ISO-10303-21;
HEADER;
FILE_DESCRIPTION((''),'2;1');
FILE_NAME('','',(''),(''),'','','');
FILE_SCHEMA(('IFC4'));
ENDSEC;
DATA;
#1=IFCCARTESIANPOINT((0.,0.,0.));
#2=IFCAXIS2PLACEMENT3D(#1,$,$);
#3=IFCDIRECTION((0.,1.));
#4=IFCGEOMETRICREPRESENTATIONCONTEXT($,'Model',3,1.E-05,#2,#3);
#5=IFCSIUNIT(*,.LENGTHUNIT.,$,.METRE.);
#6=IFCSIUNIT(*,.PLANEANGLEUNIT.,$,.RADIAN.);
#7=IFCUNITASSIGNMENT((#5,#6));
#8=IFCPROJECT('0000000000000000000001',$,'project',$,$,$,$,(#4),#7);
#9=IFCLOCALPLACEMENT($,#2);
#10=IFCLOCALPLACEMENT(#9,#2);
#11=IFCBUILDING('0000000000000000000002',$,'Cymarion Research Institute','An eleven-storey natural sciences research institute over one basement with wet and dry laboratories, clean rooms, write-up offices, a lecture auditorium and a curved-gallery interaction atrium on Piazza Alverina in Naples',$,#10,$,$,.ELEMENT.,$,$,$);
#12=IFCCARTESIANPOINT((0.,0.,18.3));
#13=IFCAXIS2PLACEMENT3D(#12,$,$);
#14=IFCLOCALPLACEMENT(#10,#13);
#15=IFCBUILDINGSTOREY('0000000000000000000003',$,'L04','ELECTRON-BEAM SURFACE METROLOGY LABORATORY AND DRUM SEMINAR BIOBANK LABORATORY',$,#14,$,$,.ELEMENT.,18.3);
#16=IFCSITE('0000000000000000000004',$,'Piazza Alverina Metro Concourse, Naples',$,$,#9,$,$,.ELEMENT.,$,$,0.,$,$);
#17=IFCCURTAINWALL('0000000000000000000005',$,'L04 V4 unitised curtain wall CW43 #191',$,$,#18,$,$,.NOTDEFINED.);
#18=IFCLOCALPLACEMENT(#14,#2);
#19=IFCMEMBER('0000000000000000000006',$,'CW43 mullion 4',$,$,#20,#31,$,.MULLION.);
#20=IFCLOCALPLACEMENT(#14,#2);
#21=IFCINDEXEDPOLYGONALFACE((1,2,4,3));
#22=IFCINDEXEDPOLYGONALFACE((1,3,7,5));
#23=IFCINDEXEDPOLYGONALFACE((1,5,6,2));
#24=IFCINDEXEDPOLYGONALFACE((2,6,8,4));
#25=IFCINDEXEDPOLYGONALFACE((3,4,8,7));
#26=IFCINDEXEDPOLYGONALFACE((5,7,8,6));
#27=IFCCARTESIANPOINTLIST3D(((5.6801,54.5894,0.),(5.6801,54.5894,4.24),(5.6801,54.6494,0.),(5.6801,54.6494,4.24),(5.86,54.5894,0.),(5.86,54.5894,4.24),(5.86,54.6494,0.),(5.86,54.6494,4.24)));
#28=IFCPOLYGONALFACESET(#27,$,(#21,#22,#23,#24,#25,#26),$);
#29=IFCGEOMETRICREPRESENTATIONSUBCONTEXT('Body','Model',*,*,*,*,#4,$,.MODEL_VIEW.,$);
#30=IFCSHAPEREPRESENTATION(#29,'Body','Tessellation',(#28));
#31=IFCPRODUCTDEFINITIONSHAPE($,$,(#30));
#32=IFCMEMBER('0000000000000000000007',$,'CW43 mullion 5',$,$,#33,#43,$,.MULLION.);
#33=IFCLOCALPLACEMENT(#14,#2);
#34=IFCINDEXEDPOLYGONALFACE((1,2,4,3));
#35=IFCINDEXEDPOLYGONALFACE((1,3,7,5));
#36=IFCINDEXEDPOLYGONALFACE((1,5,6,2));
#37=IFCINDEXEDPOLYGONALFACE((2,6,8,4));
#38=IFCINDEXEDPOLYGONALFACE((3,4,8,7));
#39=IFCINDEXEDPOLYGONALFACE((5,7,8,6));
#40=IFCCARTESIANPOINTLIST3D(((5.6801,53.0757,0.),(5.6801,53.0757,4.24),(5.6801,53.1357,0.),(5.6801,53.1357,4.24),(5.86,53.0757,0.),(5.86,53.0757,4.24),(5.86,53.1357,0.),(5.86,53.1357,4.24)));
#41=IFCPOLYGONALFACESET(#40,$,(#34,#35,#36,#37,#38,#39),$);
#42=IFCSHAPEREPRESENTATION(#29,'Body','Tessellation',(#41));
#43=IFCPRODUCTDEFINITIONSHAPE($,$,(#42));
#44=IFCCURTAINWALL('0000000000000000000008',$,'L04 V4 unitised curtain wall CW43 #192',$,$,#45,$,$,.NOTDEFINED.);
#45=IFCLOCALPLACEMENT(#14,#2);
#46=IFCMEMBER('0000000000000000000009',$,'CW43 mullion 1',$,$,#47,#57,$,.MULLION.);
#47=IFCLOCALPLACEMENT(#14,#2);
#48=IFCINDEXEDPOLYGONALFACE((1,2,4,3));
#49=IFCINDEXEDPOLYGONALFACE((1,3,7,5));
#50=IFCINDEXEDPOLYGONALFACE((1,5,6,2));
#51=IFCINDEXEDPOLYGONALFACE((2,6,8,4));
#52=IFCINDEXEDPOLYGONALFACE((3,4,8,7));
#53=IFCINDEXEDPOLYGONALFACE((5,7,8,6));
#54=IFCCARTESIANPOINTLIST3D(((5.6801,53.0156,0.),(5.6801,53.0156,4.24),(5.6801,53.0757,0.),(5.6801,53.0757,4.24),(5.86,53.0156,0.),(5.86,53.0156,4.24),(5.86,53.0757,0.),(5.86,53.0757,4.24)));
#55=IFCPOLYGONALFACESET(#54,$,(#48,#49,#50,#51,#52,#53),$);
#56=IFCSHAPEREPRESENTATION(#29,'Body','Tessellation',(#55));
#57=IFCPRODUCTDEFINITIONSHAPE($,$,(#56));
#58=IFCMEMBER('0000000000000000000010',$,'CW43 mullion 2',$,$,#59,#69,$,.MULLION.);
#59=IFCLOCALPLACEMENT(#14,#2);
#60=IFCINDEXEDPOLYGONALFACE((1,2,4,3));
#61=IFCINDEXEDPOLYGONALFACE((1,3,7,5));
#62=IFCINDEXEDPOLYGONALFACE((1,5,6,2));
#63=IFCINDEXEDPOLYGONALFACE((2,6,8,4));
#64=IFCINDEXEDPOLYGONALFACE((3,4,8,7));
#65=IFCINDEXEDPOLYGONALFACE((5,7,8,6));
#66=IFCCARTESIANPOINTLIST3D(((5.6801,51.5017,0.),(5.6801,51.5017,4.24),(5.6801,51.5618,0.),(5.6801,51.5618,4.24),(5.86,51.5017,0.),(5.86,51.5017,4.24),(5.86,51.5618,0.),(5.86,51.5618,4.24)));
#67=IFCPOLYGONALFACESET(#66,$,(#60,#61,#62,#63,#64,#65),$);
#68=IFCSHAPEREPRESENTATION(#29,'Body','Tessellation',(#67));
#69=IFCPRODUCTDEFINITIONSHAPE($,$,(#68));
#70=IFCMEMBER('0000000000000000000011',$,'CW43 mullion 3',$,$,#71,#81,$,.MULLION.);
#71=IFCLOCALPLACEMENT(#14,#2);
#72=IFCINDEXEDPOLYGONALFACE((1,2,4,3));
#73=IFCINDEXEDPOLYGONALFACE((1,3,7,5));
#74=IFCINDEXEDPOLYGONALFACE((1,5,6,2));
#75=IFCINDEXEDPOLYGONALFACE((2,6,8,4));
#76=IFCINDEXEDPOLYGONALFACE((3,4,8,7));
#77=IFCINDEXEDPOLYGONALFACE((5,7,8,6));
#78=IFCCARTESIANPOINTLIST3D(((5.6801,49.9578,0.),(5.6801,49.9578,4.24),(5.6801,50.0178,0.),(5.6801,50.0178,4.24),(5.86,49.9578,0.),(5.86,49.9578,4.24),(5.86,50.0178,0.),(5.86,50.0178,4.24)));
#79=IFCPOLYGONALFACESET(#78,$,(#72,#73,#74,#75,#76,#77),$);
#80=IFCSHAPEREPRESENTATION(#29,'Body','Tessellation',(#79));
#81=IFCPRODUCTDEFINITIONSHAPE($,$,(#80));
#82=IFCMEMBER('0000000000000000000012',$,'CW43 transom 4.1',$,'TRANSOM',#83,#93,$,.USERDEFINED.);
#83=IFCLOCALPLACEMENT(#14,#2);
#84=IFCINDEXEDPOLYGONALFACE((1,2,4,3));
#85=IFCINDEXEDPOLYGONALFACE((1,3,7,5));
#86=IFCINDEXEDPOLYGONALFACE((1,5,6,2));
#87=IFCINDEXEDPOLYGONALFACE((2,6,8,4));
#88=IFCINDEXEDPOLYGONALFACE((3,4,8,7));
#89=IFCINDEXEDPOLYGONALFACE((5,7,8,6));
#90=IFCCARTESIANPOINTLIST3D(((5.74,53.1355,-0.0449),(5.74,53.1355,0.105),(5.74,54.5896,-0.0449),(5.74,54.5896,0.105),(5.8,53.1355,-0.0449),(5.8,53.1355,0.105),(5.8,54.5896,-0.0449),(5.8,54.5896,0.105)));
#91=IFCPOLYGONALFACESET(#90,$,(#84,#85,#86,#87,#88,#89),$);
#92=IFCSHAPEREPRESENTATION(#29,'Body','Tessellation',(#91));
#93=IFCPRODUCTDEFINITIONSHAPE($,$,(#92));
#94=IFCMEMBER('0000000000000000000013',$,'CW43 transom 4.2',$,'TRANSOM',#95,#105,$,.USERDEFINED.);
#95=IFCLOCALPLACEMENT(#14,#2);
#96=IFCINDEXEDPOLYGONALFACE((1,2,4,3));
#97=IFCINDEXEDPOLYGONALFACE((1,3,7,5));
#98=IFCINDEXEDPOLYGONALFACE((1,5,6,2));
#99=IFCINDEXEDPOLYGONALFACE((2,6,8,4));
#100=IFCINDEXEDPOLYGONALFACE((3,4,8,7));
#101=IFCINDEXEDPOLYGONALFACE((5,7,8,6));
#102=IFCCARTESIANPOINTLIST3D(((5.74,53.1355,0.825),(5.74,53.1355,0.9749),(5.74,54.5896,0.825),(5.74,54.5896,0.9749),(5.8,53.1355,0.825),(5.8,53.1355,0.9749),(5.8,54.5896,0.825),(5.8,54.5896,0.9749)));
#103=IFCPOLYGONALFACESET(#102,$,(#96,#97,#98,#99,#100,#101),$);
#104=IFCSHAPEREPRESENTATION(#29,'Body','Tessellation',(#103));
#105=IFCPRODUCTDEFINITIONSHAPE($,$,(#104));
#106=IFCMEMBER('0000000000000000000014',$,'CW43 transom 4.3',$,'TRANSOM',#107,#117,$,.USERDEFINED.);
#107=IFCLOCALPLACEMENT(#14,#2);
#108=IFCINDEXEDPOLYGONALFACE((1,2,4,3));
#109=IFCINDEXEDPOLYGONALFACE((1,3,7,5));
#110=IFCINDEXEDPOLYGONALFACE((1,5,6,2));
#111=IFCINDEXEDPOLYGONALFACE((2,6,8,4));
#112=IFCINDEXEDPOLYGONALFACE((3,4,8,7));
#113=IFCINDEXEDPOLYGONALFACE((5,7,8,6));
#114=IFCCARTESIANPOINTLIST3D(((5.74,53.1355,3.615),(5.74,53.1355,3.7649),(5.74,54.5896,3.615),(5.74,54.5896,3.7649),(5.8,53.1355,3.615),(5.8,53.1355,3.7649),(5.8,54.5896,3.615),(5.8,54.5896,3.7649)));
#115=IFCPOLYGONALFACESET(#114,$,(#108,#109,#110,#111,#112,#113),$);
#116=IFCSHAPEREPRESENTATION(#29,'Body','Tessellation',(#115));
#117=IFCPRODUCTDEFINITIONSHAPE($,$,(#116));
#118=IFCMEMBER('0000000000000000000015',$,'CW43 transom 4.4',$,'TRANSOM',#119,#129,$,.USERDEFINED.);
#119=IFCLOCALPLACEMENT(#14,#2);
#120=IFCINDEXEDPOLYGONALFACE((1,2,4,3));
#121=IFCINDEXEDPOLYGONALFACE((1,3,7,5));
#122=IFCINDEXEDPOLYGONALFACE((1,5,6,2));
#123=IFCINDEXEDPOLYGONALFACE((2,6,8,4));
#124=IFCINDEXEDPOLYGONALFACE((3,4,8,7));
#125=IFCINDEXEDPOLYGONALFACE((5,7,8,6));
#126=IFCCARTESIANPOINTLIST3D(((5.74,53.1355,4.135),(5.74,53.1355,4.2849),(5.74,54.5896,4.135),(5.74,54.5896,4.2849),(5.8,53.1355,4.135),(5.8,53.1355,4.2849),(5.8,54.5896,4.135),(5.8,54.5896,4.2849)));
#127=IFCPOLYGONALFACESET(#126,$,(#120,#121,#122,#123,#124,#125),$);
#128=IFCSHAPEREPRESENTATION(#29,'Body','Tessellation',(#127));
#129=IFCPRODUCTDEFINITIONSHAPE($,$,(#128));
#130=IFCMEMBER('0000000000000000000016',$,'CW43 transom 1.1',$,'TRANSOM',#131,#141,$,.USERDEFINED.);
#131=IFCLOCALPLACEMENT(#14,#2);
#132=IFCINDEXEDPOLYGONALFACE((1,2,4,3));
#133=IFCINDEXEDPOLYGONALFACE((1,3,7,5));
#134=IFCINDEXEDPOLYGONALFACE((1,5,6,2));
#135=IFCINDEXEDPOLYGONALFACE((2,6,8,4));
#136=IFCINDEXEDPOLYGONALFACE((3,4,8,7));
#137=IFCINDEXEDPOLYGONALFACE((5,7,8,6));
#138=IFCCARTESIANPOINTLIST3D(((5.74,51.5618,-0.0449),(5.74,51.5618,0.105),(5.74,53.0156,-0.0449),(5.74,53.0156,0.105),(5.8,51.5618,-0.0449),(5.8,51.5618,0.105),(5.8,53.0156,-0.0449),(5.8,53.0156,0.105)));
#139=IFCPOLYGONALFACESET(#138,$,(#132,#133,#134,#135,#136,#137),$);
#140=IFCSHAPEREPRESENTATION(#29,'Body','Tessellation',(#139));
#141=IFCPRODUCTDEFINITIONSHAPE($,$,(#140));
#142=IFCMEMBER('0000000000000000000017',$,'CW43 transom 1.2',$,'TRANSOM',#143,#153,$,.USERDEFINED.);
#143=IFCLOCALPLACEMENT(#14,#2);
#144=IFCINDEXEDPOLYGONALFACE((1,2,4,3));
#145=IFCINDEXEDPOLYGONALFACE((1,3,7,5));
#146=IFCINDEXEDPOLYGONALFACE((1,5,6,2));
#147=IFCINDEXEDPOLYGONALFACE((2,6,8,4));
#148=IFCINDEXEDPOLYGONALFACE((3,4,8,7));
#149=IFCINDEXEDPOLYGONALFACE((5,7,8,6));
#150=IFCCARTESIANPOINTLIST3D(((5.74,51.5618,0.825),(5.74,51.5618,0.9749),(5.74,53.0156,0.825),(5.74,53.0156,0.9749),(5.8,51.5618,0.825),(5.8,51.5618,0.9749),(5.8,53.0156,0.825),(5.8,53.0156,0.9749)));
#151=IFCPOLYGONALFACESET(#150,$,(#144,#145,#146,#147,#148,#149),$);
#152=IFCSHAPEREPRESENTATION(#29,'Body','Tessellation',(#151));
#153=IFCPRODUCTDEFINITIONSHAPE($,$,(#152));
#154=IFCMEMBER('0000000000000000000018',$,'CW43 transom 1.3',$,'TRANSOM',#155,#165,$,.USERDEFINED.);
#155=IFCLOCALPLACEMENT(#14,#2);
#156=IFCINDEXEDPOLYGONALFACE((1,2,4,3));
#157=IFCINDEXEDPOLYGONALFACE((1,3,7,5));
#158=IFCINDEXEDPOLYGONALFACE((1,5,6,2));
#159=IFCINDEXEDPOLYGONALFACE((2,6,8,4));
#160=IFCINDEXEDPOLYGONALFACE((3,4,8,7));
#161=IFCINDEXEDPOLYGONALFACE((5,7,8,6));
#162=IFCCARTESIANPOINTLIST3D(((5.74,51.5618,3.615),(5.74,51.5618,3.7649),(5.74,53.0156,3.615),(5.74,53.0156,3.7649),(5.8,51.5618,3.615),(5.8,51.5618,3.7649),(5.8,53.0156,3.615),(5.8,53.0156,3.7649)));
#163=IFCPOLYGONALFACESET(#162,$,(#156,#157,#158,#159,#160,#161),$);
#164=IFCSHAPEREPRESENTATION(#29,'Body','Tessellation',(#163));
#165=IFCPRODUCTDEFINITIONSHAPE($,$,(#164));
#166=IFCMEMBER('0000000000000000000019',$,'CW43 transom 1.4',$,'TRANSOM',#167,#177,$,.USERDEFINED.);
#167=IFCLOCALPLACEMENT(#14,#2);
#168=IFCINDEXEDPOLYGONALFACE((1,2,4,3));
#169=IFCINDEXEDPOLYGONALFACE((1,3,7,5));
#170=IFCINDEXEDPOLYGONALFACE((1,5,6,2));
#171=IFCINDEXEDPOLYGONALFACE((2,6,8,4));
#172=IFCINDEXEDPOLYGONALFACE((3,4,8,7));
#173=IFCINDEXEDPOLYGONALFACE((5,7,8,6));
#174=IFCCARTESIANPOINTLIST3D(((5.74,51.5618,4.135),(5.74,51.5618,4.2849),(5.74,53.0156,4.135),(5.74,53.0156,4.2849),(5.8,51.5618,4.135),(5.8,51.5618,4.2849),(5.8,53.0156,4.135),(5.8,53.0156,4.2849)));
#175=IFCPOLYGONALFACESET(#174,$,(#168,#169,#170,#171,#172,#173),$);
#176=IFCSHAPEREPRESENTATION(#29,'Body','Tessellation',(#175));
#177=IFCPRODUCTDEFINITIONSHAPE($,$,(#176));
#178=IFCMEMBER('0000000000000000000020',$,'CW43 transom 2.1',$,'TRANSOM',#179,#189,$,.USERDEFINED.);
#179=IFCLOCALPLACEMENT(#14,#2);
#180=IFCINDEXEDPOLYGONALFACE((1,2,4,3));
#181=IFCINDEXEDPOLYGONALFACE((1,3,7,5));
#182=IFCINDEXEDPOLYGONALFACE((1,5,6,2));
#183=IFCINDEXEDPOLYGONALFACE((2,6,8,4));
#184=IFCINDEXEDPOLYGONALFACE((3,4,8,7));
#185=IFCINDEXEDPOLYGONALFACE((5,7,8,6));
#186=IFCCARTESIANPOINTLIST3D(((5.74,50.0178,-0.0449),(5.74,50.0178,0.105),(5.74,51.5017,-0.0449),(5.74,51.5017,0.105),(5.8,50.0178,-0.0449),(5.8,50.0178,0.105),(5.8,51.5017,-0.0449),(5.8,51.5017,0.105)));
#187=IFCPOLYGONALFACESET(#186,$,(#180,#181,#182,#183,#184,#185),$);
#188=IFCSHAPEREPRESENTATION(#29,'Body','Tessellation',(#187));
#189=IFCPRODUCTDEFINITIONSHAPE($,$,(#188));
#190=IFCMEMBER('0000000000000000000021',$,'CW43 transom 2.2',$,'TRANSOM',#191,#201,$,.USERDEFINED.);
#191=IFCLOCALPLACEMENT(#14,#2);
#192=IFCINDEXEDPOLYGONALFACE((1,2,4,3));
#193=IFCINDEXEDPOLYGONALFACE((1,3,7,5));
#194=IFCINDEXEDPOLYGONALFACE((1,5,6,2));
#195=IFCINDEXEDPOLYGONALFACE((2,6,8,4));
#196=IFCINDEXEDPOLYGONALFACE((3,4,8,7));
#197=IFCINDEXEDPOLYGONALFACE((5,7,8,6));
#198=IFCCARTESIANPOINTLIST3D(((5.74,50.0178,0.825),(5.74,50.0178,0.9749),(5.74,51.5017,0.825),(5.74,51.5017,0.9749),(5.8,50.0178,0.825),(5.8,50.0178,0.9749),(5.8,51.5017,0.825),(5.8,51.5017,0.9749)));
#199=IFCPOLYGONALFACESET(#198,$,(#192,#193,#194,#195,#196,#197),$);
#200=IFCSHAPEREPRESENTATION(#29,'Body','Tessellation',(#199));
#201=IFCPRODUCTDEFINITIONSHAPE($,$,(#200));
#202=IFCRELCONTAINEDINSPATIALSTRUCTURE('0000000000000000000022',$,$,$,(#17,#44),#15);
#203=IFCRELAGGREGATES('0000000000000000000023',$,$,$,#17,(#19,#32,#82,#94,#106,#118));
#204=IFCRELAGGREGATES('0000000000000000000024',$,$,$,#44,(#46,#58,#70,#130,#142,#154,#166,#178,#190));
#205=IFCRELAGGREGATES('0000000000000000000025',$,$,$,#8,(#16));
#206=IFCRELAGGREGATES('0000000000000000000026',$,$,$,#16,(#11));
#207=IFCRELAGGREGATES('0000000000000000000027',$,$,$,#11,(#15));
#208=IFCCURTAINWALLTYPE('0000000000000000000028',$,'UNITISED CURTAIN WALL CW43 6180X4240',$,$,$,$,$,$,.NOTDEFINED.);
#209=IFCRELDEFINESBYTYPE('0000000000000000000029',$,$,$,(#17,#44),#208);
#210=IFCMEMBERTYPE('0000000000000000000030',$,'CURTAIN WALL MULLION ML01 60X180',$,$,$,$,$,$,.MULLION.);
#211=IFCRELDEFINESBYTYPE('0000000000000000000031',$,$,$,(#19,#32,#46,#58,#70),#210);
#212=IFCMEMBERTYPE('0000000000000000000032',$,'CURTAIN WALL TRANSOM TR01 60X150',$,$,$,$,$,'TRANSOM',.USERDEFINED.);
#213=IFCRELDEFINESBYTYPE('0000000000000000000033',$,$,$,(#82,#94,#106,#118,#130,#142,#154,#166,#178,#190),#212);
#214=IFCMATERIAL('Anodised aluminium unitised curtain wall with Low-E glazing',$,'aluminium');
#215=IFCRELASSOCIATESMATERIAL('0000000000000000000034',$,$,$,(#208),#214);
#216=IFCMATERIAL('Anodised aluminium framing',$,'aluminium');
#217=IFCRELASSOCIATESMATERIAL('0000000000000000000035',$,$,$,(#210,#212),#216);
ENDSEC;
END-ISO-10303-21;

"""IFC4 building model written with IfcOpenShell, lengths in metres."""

from ifc_helpers import new_model, si_unit, direction, frame, origin, origin_2d, place, context, subcontext, project, spatial, rectangle, extrude, material, material_profile, profile_set, type_object, element, aggregate, save


model = new_model("IFC4")

# Units and contexts
model_context = context("Model", 3, precision=1e-05, world=origin(), true_north=direction((0.0, 1.0)))
body_context = subcontext(model_context, "Body", "Model", "MODEL_VIEW")
ifc_project = project(units=[si_unit("LENGTHUNIT", "METRE"), si_unit("PLANEANGLEUNIT", "RADIAN")], contexts=[model_context])

# Site, building, storey
site_placement = place(None, origin())
site = spatial("IfcSite", under=ifc_project, at=site_placement, Name="Piazza Alverina Metro Concourse, Naples", CompositionType="ELEMENT", RefElevation=0.0)
building_placement = place(site_placement, origin())
building = spatial("IfcBuilding", under=site, at=building_placement, Name="Cymarion Research Institute", Description="An eleven-storey natural sciences research institute over one basement with wet and dry laboratories, clean rooms, write-up offices, a lecture auditorium and a curved-gallery interaction atrium on Piazza Alverina in Naples", CompositionType="ELEMENT")
storey_placement = place(building_placement, frame((0.0, 0.0, 18.3)))
storey = spatial("IfcBuildingStorey", under=building, at=storey_placement, Name="L04", Description="ELECTRON-BEAM SURFACE METROLOGY LABORATORY AND DRUM SEMINAR BIOBANK LABORATORY", CompositionType="ELEMENT", Elevation=18.3)

# Curtain walls, members
ifc_material_1 = material(Name="Anodised aluminium unitised curtain wall with Low-E glazing", Category="aluminium")
curtain_wall_type = type_object("IfcCurtainWallType", Name="UNITISED CURTAIN WALL CW43 6180X4240", PredefinedType="NOTDEFINED", material=ifc_material_1)
curtain_wall_1_placement = place(storey_placement, origin())
curtain_wall_1 = element("IfcCurtainWall", 1, at=curtain_wall_1_placement, inside=storey, type_object=curtain_wall_type, Name="L04 V4 unitised curtain wall CW43 #191", PredefinedType="NOTDEFINED")
ifc_material_2 = material(Name="Anodised aluminium framing", Category="aluminium")
ifc_material_profile_1 = material_profile(ifc_material_2, rectangle(XDim=0.0601, YDim=0.1799, at=origin_2d()), Name="ALU MULLION 60x180")
ifc_profile_set_1 = profile_set([ifc_material_profile_1], Name="Anodised aluminium framing")
member_type_1 = type_object("IfcMemberType", Name="CURTAIN WALL MULLION ML01 60X180", PredefinedType="MULLION", material=ifc_profile_set_1)
member_1_placement = place(storey_placement, frame((5.77, 54.6194, 0.0), z_axis=(0.0, 0.0, 1.0), x_axis=(0.0, -1.0, 0.0)))
member_1 = element("IfcMember", 2, at=member_1_placement, type_object=member_type_1, Name="CW43 mullion 4", PredefinedType="MULLION", context=body_context, shape_type="SweptSolid", body=[
    extrude(rectangle(XDim=0.0601, YDim=0.1799, at=origin_2d()), origin(), (0.0, 0.0, 1.0), 4.24),
])
member_2_placement = place(storey_placement, frame((5.77, 53.1057, 0.0), z_axis=(0.0, 0.0, 1.0), x_axis=(0.0, -1.0, 0.0)))
member_2 = element("IfcMember", 3, at=member_2_placement, type_object=member_type_1, Name="CW43 mullion 5", PredefinedType="MULLION", context=body_context, shape_type="SweptSolid", body=[
    extrude(rectangle(XDim=0.0601, YDim=0.1799, at=origin_2d()), origin(), (0.0, 0.0, 1.0), 4.24),
])
curtain_wall_2_placement = place(storey_placement, origin())
curtain_wall_2 = element("IfcCurtainWall", 4, at=curtain_wall_2_placement, inside=storey, type_object=curtain_wall_type, Name="L04 V4 unitised curtain wall CW43 #192", PredefinedType="NOTDEFINED")
member_3_placement = place(storey_placement, frame((5.77, 53.0457, 0.0), z_axis=(0.0, 0.0, 1.0), x_axis=(0.0, -1.0, 0.0)))
member_3 = element("IfcMember", 5, at=member_3_placement, type_object=member_type_1, Name="CW43 mullion 1", PredefinedType="MULLION", context=body_context, shape_type="SweptSolid", body=[
    extrude(rectangle(XDim=0.0601, YDim=0.1799, at=origin_2d()), origin(), (0.0, 0.0, 1.0), 4.24),
])
member_4_placement = place(storey_placement, frame((5.77, 51.5317, 0.0), z_axis=(0.0, 0.0, 1.0), x_axis=(0.0, -1.0, 0.0)))
member_4 = element("IfcMember", 6, at=member_4_placement, type_object=member_type_1, Name="CW43 mullion 2", PredefinedType="MULLION", context=body_context, shape_type="SweptSolid", body=[
    extrude(rectangle(XDim=0.0601, YDim=0.1799, at=origin_2d()), origin(), (0.0, 0.0, 1.0), 4.24),
])
member_5_placement = place(storey_placement, frame((5.77, 49.9878, 0.0), z_axis=(0.0, 0.0, 1.0), x_axis=(0.0, -1.0, 0.0)))
member_5 = element("IfcMember", 7, at=member_5_placement, type_object=member_type_1, Name="CW43 mullion 3", PredefinedType="MULLION", context=body_context, shape_type="SweptSolid", body=[
    extrude(rectangle(XDim=0.0601, YDim=0.1799, at=origin_2d()), origin(), (0.0, 0.0, 1.0), 4.24),
])

# Members
ifc_material_profile_2 = material_profile(ifc_material_2, rectangle(XDim=0.0601, YDim=0.1499, at=origin_2d()), Name="ALU TRANSOM 60x150")
ifc_profile_set_2 = profile_set([ifc_material_profile_2], Name="Anodised aluminium framing")
member_type_2 = type_object("IfcMemberType", Name="CURTAIN WALL TRANSOM TR01 60X150", ElementType="TRANSOM", PredefinedType="USERDEFINED", material=ifc_profile_set_2)
member_6_placement = place(storey_placement, frame((5.77, 54.5896, 0.03), z_axis=(0.0, -1.0, 0.0), x_axis=(1.0, 0.0, 0.0)))
member_6 = element("IfcMember", 8, at=member_6_placement, type_object=member_type_2, Name="CW43 transom 4.1", ObjectType="TRANSOM", PredefinedType="USERDEFINED", context=body_context, shape_type="SweptSolid", body=[
    extrude(rectangle(XDim=0.0601, YDim=0.1499, at=origin_2d()), origin(), (0.0, 0.0, 1.0), 1.4541),
])
member_7_placement = place(storey_placement, frame((5.77, 54.5896, 0.8999), z_axis=(0.0, -1.0, 0.0), x_axis=(1.0, 0.0, 0.0)))
member_7 = element("IfcMember", 9, at=member_7_placement, type_object=member_type_2, Name="CW43 transom 4.2", ObjectType="TRANSOM", PredefinedType="USERDEFINED", context=body_context, shape_type="SweptSolid", body=[
    extrude(rectangle(XDim=0.0601, YDim=0.1499, at=origin_2d()), origin(), (0.0, 0.0, 1.0), 1.4541),
])
member_8_placement = place(storey_placement, frame((5.77, 54.5896, 3.6899), z_axis=(0.0, -1.0, 0.0), x_axis=(1.0, 0.0, 0.0)))
member_8 = element("IfcMember", 10, at=member_8_placement, type_object=member_type_2, Name="CW43 transom 4.3", ObjectType="TRANSOM", PredefinedType="USERDEFINED", context=body_context, shape_type="SweptSolid", body=[
    extrude(rectangle(XDim=0.0601, YDim=0.1499, at=origin_2d()), origin(), (0.0, 0.0, 1.0), 1.4541),
])
member_9_placement = place(storey_placement, frame((5.77, 54.5896, 4.21), z_axis=(0.0, -1.0, 0.0), x_axis=(1.0, 0.0, 0.0)))
member_9 = element("IfcMember", 11, at=member_9_placement, type_object=member_type_2, Name="CW43 transom 4.4", ObjectType="TRANSOM", PredefinedType="USERDEFINED", context=body_context, shape_type="SweptSolid", body=[
    extrude(rectangle(XDim=0.0601, YDim=0.1499, at=origin_2d()), origin(), (0.0, 0.0, 1.0), 1.4541),
])
member_10_placement = place(storey_placement, frame((5.77, 53.0156, 0.03), z_axis=(0.0, -1.0, 0.0), x_axis=(1.0, 0.0, 0.0)))
member_10 = element("IfcMember", 12, at=member_10_placement, type_object=member_type_2, Name="CW43 transom 1.1", ObjectType="TRANSOM", PredefinedType="USERDEFINED", context=body_context, shape_type="SweptSolid", body=[
    extrude(rectangle(XDim=0.0601, YDim=0.1499, at=origin_2d()), origin(), (0.0, 0.0, 1.0), 1.4539),
])
member_11_placement = place(storey_placement, frame((5.77, 53.0156, 0.8999), z_axis=(0.0, -1.0, 0.0), x_axis=(1.0, 0.0, 0.0)))
member_11 = element("IfcMember", 13, at=member_11_placement, type_object=member_type_2, Name="CW43 transom 1.2", ObjectType="TRANSOM", PredefinedType="USERDEFINED", context=body_context, shape_type="SweptSolid", body=[
    extrude(rectangle(XDim=0.0601, YDim=0.1499, at=origin_2d()), origin(), (0.0, 0.0, 1.0), 1.4539),
])
member_12_placement = place(storey_placement, frame((5.77, 53.0156, 3.6899), z_axis=(0.0, -1.0, 0.0), x_axis=(1.0, 0.0, 0.0)))
member_12 = element("IfcMember", 14, at=member_12_placement, type_object=member_type_2, Name="CW43 transom 1.3", ObjectType="TRANSOM", PredefinedType="USERDEFINED", context=body_context, shape_type="SweptSolid", body=[
    extrude(rectangle(XDim=0.0601, YDim=0.1499, at=origin_2d()), origin(), (0.0, 0.0, 1.0), 1.4539),
])
member_13_placement = place(storey_placement, frame((5.77, 53.0156, 4.21), z_axis=(0.0, -1.0, 0.0), x_axis=(1.0, 0.0, 0.0)))
member_13 = element("IfcMember", 15, at=member_13_placement, type_object=member_type_2, Name="CW43 transom 1.4", ObjectType="TRANSOM", PredefinedType="USERDEFINED", context=body_context, shape_type="SweptSolid", body=[
    extrude(rectangle(XDim=0.0601, YDim=0.1499, at=origin_2d()), origin(), (0.0, 0.0, 1.0), 1.4539),
])
member_14_placement = place(storey_placement, frame((5.77, 51.5017, 0.03), z_axis=(0.0, -1.0, 0.0), x_axis=(1.0, 0.0, 0.0)))
member_14 = element("IfcMember", 16, at=member_14_placement, type_object=member_type_2, Name="CW43 transom 2.1", ObjectType="TRANSOM", PredefinedType="USERDEFINED", context=body_context, shape_type="SweptSolid", body=[
    extrude(rectangle(XDim=0.0601, YDim=0.1499, at=origin_2d()), origin(), (0.0, 0.0, 1.0), 1.4839),
])
member_15_placement = place(storey_placement, frame((5.77, 51.5017, 0.8999), z_axis=(0.0, -1.0, 0.0), x_axis=(1.0, 0.0, 0.0)))
member_15 = element("IfcMember", 17, at=member_15_placement, type_object=member_type_2, Name="CW43 transom 2.2", ObjectType="TRANSOM", PredefinedType="USERDEFINED", context=body_context, shape_type="SweptSolid", body=[
    extrude(rectangle(XDim=0.0601, YDim=0.1499, at=origin_2d()), origin(), (0.0, 0.0, 1.0), 1.4839),
])

aggregate(curtain_wall_1, [member_1, member_2, member_6, member_7, member_8, member_9])
aggregate(curtain_wall_2, [member_3, member_4, member_5, member_10, member_11, member_12, member_13, member_14, member_15])

save(model, "model.ifc")
